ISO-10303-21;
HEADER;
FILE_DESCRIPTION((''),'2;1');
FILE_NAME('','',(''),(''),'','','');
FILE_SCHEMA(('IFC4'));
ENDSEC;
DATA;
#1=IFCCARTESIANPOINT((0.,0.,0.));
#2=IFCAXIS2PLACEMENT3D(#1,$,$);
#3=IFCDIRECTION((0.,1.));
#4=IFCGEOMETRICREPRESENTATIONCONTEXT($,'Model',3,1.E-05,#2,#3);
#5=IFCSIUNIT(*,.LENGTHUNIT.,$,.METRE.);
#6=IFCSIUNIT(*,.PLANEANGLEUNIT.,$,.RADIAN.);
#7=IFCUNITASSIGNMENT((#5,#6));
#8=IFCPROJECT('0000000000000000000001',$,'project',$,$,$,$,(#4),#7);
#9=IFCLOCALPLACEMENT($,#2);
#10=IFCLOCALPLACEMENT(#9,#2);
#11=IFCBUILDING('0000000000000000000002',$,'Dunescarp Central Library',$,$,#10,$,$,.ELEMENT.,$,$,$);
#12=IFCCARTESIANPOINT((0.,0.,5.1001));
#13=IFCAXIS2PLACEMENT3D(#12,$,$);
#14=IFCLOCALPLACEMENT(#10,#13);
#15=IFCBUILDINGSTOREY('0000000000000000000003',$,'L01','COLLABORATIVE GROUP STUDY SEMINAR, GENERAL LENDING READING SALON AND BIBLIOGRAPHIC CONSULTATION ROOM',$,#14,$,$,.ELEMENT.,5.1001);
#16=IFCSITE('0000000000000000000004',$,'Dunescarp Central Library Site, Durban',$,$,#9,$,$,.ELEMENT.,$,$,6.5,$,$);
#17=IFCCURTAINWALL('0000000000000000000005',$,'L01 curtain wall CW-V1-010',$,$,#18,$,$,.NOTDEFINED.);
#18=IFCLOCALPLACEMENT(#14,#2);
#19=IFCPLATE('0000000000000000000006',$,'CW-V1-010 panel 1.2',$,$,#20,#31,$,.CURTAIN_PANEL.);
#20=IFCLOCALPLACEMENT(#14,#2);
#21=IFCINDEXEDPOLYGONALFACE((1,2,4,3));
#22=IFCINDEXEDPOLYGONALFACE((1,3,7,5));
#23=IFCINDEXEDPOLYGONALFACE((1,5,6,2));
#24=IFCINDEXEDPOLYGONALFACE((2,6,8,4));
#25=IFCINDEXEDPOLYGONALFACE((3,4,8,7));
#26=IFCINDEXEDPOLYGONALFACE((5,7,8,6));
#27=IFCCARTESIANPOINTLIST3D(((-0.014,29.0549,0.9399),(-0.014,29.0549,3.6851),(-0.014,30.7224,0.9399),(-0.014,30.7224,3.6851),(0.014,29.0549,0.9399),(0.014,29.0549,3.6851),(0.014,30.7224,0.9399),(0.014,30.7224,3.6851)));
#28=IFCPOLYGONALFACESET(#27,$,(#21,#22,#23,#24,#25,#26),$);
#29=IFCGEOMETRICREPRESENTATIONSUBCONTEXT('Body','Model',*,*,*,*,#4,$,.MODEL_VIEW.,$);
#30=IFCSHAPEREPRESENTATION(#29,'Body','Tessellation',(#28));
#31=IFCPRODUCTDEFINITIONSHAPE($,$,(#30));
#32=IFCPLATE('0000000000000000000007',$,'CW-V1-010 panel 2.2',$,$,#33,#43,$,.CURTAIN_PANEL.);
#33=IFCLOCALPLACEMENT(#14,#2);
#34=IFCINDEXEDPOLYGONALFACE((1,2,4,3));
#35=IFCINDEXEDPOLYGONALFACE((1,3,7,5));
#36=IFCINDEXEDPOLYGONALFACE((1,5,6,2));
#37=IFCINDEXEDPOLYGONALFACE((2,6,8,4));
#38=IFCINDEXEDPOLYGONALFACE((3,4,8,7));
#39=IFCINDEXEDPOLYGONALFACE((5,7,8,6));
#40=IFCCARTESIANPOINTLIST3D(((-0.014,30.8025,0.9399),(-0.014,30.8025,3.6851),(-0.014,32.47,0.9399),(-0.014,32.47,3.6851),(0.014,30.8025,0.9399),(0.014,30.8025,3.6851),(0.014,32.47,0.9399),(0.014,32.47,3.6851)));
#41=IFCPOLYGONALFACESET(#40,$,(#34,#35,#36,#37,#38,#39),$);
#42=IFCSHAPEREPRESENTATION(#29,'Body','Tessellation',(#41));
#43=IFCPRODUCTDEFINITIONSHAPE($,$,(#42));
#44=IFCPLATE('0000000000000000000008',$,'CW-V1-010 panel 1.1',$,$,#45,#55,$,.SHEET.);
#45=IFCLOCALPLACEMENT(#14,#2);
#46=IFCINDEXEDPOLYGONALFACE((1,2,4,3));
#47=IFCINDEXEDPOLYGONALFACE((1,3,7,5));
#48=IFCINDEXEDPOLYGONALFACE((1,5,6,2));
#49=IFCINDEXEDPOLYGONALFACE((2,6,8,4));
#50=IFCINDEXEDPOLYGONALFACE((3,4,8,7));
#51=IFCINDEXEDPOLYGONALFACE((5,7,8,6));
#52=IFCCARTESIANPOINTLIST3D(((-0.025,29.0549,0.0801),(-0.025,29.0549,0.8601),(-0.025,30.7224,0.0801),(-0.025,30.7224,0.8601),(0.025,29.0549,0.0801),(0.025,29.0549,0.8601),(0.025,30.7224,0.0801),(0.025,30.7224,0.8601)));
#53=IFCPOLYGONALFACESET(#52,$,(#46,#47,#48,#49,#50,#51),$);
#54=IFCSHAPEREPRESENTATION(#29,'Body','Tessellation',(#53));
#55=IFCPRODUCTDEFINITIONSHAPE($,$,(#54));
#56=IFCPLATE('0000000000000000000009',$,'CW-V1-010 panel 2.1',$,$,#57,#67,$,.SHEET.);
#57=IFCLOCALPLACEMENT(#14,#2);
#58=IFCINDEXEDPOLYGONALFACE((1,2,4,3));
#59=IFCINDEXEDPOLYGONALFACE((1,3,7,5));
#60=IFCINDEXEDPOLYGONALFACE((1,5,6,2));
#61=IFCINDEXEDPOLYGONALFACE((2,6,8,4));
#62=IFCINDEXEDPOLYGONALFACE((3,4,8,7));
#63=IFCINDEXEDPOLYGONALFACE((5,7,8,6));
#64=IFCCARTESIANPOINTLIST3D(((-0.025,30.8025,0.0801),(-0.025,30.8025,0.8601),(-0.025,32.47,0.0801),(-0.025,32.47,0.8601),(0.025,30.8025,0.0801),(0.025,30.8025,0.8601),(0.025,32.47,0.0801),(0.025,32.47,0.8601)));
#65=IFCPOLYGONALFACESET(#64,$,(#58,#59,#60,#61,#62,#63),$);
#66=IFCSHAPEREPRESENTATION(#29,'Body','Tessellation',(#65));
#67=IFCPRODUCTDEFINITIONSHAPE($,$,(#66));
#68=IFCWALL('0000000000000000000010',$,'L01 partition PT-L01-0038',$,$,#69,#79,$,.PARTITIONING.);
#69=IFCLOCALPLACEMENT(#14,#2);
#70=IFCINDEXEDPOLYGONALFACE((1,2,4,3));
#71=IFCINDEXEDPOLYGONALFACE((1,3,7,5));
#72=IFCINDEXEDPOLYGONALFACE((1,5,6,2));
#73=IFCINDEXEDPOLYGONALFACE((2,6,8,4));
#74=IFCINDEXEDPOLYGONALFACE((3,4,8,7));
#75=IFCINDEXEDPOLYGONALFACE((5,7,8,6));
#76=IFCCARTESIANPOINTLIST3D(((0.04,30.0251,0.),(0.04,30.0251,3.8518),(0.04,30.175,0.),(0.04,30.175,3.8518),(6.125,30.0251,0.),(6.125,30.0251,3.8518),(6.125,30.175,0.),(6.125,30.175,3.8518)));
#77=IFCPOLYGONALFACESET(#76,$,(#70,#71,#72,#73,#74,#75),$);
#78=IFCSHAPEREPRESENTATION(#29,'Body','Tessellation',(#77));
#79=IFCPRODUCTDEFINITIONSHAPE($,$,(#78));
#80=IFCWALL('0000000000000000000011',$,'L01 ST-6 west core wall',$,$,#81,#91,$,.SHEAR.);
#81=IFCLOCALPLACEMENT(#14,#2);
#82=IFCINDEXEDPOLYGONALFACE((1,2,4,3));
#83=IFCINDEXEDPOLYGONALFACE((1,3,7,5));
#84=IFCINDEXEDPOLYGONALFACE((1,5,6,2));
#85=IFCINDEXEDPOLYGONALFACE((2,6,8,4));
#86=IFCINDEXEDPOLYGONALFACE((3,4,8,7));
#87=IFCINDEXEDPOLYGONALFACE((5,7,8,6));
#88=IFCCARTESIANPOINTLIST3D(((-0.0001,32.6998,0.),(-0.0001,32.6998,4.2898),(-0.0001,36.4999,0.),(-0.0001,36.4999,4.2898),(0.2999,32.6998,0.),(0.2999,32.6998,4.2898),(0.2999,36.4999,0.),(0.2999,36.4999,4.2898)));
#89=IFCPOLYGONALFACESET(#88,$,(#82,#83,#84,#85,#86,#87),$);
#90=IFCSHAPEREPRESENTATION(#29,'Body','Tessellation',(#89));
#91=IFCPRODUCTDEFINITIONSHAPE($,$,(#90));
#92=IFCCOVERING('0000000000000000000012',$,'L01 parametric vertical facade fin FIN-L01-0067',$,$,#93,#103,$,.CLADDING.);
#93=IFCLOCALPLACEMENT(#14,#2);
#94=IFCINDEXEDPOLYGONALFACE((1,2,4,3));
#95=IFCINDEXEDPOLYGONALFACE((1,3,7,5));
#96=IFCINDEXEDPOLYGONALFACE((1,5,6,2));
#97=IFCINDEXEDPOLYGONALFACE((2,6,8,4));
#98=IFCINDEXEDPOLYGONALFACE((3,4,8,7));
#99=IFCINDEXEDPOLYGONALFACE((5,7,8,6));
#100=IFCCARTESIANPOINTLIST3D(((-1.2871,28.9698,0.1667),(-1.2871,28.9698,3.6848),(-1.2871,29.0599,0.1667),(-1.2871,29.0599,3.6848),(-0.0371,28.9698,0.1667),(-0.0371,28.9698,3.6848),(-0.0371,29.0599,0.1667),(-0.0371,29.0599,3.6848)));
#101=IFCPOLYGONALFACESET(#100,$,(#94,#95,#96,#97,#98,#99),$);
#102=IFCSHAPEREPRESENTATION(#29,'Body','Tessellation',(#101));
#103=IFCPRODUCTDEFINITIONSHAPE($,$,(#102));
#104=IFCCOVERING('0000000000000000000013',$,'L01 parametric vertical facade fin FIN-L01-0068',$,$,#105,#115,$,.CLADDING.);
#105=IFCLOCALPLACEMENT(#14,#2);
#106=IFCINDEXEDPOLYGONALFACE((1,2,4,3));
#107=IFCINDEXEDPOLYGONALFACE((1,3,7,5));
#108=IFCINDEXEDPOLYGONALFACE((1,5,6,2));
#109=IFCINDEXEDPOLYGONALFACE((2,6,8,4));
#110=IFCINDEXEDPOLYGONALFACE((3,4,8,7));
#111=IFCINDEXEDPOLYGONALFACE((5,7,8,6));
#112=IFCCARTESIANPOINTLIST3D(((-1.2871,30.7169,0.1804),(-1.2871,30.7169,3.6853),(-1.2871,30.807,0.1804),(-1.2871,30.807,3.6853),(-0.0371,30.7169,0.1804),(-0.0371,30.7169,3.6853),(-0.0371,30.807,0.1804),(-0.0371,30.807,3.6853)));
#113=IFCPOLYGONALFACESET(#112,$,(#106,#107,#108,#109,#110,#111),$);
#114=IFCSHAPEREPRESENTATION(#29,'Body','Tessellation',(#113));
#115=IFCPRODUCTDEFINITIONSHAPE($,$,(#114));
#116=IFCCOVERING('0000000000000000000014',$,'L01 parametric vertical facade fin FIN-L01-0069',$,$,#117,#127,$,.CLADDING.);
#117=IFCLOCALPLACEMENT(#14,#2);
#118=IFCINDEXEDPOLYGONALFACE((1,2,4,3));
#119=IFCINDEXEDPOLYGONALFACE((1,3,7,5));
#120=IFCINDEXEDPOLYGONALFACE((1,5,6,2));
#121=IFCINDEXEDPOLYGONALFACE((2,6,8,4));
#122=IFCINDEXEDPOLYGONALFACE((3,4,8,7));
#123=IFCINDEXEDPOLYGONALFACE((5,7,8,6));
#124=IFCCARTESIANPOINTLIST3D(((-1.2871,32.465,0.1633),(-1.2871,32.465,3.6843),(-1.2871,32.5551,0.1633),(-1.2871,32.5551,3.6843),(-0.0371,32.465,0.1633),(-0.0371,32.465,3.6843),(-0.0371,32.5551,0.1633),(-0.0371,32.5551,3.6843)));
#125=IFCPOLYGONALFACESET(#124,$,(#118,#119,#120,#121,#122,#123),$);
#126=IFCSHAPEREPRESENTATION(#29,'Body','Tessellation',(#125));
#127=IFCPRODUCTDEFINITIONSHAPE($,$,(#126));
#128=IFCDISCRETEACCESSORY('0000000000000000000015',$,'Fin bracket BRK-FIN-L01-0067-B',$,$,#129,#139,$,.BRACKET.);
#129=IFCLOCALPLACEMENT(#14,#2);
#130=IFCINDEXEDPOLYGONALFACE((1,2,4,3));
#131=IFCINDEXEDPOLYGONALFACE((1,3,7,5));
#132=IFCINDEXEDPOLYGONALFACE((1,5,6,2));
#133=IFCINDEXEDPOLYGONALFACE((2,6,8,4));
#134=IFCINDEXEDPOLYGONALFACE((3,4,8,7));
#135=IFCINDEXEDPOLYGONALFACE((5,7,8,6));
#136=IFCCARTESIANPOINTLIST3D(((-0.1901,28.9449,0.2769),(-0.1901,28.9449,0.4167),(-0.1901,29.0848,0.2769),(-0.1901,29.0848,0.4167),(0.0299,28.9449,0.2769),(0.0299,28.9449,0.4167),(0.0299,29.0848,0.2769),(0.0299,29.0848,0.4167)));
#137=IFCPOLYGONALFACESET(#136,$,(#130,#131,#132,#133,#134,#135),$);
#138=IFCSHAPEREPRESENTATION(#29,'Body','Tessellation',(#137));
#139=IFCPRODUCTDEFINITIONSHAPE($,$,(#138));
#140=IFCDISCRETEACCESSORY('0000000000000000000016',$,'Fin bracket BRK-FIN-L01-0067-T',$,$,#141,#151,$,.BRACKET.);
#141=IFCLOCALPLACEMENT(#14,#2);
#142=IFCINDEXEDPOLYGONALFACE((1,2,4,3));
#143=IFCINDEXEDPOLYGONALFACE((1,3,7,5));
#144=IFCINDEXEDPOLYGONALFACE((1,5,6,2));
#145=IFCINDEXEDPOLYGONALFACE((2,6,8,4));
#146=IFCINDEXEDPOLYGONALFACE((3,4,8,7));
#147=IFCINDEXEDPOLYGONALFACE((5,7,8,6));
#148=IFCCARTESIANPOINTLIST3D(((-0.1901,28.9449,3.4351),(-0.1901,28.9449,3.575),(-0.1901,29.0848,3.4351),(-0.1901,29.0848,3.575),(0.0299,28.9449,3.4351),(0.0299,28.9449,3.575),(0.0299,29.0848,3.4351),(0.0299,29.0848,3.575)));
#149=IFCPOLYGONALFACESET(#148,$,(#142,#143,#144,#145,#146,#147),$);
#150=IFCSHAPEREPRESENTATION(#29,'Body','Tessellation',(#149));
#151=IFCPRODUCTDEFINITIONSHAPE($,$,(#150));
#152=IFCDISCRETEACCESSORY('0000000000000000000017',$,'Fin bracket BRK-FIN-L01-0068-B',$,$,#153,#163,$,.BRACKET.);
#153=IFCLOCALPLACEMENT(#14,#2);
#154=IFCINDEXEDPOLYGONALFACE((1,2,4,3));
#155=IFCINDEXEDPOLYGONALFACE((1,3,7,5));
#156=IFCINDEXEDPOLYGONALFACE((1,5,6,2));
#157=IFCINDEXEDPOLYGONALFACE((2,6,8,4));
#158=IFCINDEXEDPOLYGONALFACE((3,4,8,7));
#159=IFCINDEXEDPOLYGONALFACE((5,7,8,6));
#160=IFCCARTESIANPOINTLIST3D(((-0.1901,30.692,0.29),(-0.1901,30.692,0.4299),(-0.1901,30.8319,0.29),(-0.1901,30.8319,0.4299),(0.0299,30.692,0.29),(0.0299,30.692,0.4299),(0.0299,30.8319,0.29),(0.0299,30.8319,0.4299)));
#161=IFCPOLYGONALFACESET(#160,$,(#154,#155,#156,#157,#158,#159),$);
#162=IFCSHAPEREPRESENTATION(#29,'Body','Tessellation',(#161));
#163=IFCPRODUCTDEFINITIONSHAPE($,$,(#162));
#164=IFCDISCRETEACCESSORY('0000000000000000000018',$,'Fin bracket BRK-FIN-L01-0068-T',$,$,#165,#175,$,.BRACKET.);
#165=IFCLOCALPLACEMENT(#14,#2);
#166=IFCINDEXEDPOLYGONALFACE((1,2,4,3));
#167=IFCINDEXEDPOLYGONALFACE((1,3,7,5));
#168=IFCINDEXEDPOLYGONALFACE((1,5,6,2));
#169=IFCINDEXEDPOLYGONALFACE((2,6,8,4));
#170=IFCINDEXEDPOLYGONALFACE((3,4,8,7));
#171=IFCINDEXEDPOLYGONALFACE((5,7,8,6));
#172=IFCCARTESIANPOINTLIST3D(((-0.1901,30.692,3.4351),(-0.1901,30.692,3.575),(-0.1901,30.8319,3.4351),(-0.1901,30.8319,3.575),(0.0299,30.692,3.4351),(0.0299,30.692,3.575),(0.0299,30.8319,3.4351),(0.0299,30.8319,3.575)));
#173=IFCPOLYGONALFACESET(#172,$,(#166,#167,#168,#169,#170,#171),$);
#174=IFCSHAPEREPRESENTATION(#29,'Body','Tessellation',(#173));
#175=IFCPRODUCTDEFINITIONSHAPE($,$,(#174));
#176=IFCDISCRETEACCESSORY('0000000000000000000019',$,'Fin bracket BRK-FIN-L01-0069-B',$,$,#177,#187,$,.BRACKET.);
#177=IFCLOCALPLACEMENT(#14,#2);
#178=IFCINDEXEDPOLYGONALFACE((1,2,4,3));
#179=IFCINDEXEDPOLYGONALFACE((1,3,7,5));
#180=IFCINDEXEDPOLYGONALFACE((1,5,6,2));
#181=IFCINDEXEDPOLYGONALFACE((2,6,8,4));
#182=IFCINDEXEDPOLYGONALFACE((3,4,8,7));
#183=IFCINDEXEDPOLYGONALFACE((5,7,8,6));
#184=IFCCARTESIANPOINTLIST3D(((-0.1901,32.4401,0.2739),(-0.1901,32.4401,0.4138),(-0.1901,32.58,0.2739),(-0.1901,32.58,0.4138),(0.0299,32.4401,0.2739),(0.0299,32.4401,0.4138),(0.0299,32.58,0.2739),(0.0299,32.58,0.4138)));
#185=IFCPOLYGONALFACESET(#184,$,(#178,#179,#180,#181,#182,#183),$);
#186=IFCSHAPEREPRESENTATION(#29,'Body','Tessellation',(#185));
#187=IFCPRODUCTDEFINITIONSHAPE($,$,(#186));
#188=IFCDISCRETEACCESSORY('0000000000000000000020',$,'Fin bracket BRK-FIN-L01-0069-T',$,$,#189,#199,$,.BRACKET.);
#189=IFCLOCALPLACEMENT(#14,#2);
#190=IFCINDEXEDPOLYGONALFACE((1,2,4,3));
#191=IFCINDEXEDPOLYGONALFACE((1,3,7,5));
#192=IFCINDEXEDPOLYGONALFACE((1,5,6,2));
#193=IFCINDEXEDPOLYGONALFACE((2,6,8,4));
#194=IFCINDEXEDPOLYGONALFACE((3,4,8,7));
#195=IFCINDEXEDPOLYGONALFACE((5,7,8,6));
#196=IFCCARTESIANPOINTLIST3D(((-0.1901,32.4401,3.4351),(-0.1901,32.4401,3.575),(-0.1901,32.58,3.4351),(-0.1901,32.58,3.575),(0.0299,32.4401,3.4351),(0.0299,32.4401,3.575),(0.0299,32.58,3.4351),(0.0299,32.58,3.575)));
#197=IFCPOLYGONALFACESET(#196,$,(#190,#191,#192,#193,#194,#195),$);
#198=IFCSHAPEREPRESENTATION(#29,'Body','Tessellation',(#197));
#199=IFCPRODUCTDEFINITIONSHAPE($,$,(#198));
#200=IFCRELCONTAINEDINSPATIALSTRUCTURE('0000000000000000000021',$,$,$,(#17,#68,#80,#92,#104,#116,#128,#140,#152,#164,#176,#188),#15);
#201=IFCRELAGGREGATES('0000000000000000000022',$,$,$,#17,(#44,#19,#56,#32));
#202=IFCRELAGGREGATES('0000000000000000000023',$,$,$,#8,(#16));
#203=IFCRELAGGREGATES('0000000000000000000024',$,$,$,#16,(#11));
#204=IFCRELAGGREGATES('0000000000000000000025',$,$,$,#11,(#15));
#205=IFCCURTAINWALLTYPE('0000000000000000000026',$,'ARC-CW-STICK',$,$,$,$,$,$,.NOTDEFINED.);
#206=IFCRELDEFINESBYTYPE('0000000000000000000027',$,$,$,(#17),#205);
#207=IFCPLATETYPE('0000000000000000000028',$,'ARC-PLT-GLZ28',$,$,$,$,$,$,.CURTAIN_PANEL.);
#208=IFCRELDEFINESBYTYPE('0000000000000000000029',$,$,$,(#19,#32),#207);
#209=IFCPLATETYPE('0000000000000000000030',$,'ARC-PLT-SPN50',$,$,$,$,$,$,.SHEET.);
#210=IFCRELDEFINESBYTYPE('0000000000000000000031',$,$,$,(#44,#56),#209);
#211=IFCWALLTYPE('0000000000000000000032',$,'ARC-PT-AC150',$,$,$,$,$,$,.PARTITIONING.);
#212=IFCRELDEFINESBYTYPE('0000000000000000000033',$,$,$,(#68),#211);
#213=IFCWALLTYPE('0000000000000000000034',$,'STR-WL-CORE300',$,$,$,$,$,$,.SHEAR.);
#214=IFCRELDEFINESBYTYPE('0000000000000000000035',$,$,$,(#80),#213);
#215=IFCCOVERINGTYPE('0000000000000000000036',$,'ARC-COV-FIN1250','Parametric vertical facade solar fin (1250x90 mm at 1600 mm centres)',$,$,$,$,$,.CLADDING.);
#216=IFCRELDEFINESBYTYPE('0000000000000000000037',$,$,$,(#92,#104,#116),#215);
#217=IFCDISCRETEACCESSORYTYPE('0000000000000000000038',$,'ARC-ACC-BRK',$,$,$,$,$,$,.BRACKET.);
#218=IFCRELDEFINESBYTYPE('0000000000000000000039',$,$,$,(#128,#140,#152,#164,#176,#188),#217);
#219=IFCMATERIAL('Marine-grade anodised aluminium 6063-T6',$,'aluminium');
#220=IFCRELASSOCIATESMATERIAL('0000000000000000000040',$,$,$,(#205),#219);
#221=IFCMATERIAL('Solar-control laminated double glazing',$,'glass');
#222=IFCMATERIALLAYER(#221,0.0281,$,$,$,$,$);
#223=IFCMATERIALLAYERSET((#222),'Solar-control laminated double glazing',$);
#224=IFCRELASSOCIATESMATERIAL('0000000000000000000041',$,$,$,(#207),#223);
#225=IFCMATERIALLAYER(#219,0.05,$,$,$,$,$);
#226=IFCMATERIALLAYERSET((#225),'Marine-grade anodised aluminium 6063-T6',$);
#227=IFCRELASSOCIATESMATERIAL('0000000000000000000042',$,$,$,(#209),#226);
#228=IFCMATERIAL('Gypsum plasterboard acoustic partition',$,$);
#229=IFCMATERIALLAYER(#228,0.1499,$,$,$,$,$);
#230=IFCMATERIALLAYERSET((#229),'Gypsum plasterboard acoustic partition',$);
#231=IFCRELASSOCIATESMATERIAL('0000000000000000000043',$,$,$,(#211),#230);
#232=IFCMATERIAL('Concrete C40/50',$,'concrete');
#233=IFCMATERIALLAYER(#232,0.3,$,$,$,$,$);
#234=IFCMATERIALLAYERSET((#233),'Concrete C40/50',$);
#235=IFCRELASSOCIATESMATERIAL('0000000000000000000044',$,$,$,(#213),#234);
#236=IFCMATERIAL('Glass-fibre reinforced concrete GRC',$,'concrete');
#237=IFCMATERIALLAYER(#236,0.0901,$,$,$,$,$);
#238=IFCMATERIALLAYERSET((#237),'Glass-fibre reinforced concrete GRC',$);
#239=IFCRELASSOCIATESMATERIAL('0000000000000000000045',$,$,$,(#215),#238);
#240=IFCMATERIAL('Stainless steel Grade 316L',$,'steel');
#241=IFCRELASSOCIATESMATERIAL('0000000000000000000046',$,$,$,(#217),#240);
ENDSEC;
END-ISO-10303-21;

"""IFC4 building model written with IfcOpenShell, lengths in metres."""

from ifc_helpers import new_model, si_unit, direction, frame, frame_2d, origin, origin_2d, place, context, subcontext, project, spatial, rectangle, extrude, material, layer, layer_set, type_object, element, aggregate, save


model = new_model("IFC4")

# Units and contexts
model_context = context("Model", 3, precision=1e-05, world=origin(), true_north=direction((0.0, 1.0)))
body_context = subcontext(model_context, "Body", "Model", "MODEL_VIEW")
ifc_project = project(units=[si_unit("LENGTHUNIT", "METRE"), si_unit("PLANEANGLEUNIT", "RADIAN")], contexts=[model_context])

# Site, building, storey
site_placement = place(None, origin())
site = spatial("IfcSite", under=ifc_project, at=site_placement, Name="Dunescarp Central Library Site, Durban", CompositionType="ELEMENT", RefElevation=6.5)
building_placement = place(site_placement, origin())
building = spatial("IfcBuilding", under=site, at=building_placement, Name="Dunescarp Central Library", CompositionType="ELEMENT")
storey_placement = place(building_placement, frame((0.0, 0.0, 5.1001)))
storey = spatial("IfcBuildingStorey", under=building, at=storey_placement, Name="L01", Description="COLLABORATIVE GROUP STUDY SEMINAR, GENERAL LENDING READING SALON AND BIBLIOGRAPHIC CONSULTATION ROOM", CompositionType="ELEMENT", Elevation=5.1001)

# Curtain wall
ifc_material_1 = material(Name="Marine-grade anodised aluminium 6063-T6", Category="aluminium")
curtain_wall_type = type_object("IfcCurtainWallType", Name="ARC-CW-STICK", PredefinedType="NOTDEFINED", material=ifc_material_1)
curtain_wall_placement = place(storey_placement, origin())
curtain_wall = element("IfcCurtainWall", 1, at=curtain_wall_placement, inside=storey, type_object=curtain_wall_type, Name="L01 curtain wall CW-V1-010", PredefinedType="NOTDEFINED")

# Plates
ifc_material_2 = material(Name="Solar-control laminated double glazing", Category="glass")
ifc_layer_1 = layer(ifc_material_2, 0.0281)
ifc_layer_set_1 = layer_set([ifc_layer_1], Name="Solar-control laminated double glazing")
plate_type_1 = type_object("IfcPlateType", Name="ARC-PLT-GLZ28", PredefinedType="CURTAIN_PANEL", material=ifc_layer_set_1)
plate_1_placement = place(storey_placement, frame((0.0, 29.8887, 0.9399), z_axis=(0.0, 0.0, 1.0), x_axis=(0.0, 1.0, 0.0)))
plate_1 = element("IfcPlate", 2, at=plate_1_placement, type_object=plate_type_1, Name="CW-V1-010 panel 1.2", PredefinedType="CURTAIN_PANEL", context=body_context, shape_type="SweptSolid", body=[
    extrude(rectangle(XDim=1.6675, YDim=0.0281, at=origin_2d()), origin(), (0.0, 0.0, 1.0), 2.7451),
])
plate_2_placement = place(storey_placement, frame((0.0, 31.6362, 0.9399), z_axis=(0.0, 0.0, 1.0), x_axis=(0.0, 1.0, 0.0)))
plate_2 = element("IfcPlate", 3, at=plate_2_placement, type_object=plate_type_1, Name="CW-V1-010 panel 2.2", PredefinedType="CURTAIN_PANEL", context=body_context, shape_type="SweptSolid", body=[
    extrude(rectangle(XDim=1.6675, YDim=0.0281, at=origin_2d()), origin(), (0.0, 0.0, 1.0), 2.7451),
])
ifc_layer_2 = layer(ifc_material_1, 0.05)
ifc_layer_set_2 = layer_set([ifc_layer_2], Name="Marine-grade anodised aluminium 6063-T6")
plate_type_2 = type_object("IfcPlateType", Name="ARC-PLT-SPN50", PredefinedType="SHEET", material=ifc_layer_set_2)
plate_3_placement = place(storey_placement, frame((0.0, 29.8887, 0.0801), z_axis=(0.0, 0.0, 1.0), x_axis=(0.0, 1.0, 0.0)))
plate_3 = element("IfcPlate", 4, at=plate_3_placement, type_object=plate_type_2, Name="CW-V1-010 panel 1.1", PredefinedType="SHEET", context=body_context, shape_type="SweptSolid", body=[
    extrude(rectangle(XDim=1.6675, YDim=0.05, at=origin_2d()), origin(), (0.0, 0.0, 1.0), 0.78),
])
plate_4_placement = place(storey_placement, frame((0.0, 31.6362, 0.0801), z_axis=(0.0, 0.0, 1.0), x_axis=(0.0, 1.0, 0.0)))
plate_4 = element("IfcPlate", 5, at=plate_4_placement, type_object=plate_type_2, Name="CW-V1-010 panel 2.1", PredefinedType="SHEET", context=body_context, shape_type="SweptSolid", body=[
    extrude(rectangle(XDim=1.6675, YDim=0.05, at=origin_2d()), origin(), (0.0, 0.0, 1.0), 0.78),
])
aggregate(curtain_wall, [plate_3, plate_1, plate_4, plate_2])

# Walls
ifc_material_3 = material(Name="Gypsum plasterboard acoustic partition")
ifc_layer_3 = layer(ifc_material_3, 0.1499)
ifc_layer_set_3 = layer_set([ifc_layer_3], Name="Gypsum plasterboard acoustic partition")
wall_type_1 = type_object("IfcWallType", Name="ARC-PT-AC150", PredefinedType="PARTITIONING", material=ifc_layer_set_3)
wall_1_placement = place(storey_placement, frame((0.04, 30.1001, 0.0), z_axis=(0.0, 0.0, 1.0), x_axis=(1.0, 0.0, 0.0)))
element("IfcWall", 6, at=wall_1_placement, inside=storey, type_object=wall_type_1, Name="L01 partition PT-L01-0038", PredefinedType="PARTITIONING", context=body_context, shape_type="SweptSolid", body=[
    extrude(rectangle(XDim=6.085, YDim=0.1499, at=frame_2d((3.0425, 0.0))), origin(), (0.0, 0.0, 1.0), 3.8518),
])
ifc_material_4 = material(Name="Concrete C40/50", Category="concrete")
ifc_layer_4 = layer(ifc_material_4, 0.3)
ifc_layer_set_4 = layer_set([ifc_layer_4], Name="Concrete C40/50")
wall_type_2 = type_object("IfcWallType", Name="STR-WL-CORE300", PredefinedType="SHEAR", material=ifc_layer_set_4)
wall_2_placement = place(storey_placement, frame((0.1499, 32.7, 0.0), z_axis=(0.0, 0.0, 1.0), x_axis=(0.0, 1.0, 0.0)))
element("IfcWall", 7, at=wall_2_placement, inside=storey, type_object=wall_type_2, Name="L01 ST-6 west core wall", PredefinedType="SHEAR", context=body_context, shape_type="SweptSolid", body=[
    extrude(rectangle(XDim=3.8, YDim=0.3, at=frame_2d((1.8999, 0.0))), origin(), (0.0, 0.0, 1.0), 4.2898),
])

# Coverings
ifc_material_5 = material(Name="Glass-fibre reinforced concrete GRC", Category="concrete")
ifc_layer_5 = layer(ifc_material_5, 0.0901)
ifc_layer_set_5 = layer_set([ifc_layer_5], Name="Glass-fibre reinforced concrete GRC")
covering_type = type_object("IfcCoveringType", Name="ARC-COV-FIN1250", Description="Parametric vertical facade solar fin (1250x90 mm at 1600 mm centres)", PredefinedType="CLADDING", material=ifc_layer_set_5)
covering_1_placement = place(storey_placement, frame((-0.6621, 29.0149, 0.1667), z_axis=(0.0, 0.0, 1.0), x_axis=(-1.0, 0.0, 0.0)))
element("IfcCovering", 8, at=covering_1_placement, inside=storey, type_object=covering_type, Name="L01 parametric vertical facade fin FIN-L01-0067", PredefinedType="CLADDING", context=body_context, shape_type="SweptSolid", body=[
    extrude(rectangle(XDim=1.25, YDim=0.0901, at=origin_2d()), origin(), (0.0, 0.0, 1.0), 3.5181),
])
covering_2_placement = place(storey_placement, frame((-0.6621, 30.762, 0.1804), z_axis=(0.0, 0.0, 1.0), x_axis=(-1.0, 0.0, 0.0)))
element("IfcCovering", 9, at=covering_2_placement, inside=storey, type_object=covering_type, Name="L01 parametric vertical facade fin FIN-L01-0068", PredefinedType="CLADDING", context=body_context, shape_type="SweptSolid", body=[
    extrude(rectangle(XDim=1.25, YDim=0.0901, at=origin_2d()), origin(), (0.0, 0.0, 1.0), 3.5049),
])
covering_3_placement = place(storey_placement, frame((-0.6621, 32.51, 0.1633), z_axis=(0.0, 0.0, 1.0), x_axis=(-1.0, 0.0, 0.0)))
element("IfcCovering", 10, at=covering_3_placement, inside=storey, type_object=covering_type, Name="L01 parametric vertical facade fin FIN-L01-0069", PredefinedType="CLADDING", context=body_context, shape_type="SweptSolid", body=[
    extrude(rectangle(XDim=1.25, YDim=0.0901, at=origin_2d()), origin(), (0.0, 0.0, 1.0), 3.521),
])

# Discrete accessories
ifc_material_6 = material(Name="Stainless steel Grade 316L", Category="steel")
discrete_accessory_type = type_object("IfcDiscreteAccessoryType", Name="ARC-ACC-BRK", PredefinedType="BRACKET", material=ifc_material_6)
for number, where, z_axis, x_axis, name in (
    (11, (-0.0801, 29.0149, 0.2769), (0.0, 0.0, 1.0), (-1.0, 0.0, 0.0), "Fin bracket BRK-FIN-L01-0067-B"),
    (12, (-0.0801, 29.0149, 3.4351), (0.0, 0.0, 1.0), (-1.0, 0.0, 0.0), "Fin bracket BRK-FIN-L01-0067-T"),
    (13, (-0.0801, 30.762, 0.29), (0.0, 0.0, 1.0), (-1.0, 0.0, 0.0), "Fin bracket BRK-FIN-L01-0068-B"),
    (14, (-0.0801, 30.762, 3.4351), (0.0, 0.0, 1.0), (-1.0, 0.0, 0.0), "Fin bracket BRK-FIN-L01-0068-T"),
    (15, (-0.0801, 32.51, 0.2739), (0.0, 0.0, 1.0), (-1.0, 0.0, 0.0), "Fin bracket BRK-FIN-L01-0069-B"),
    (16, (-0.0801, 32.51, 3.4351), (0.0, 0.0, 1.0), (-1.0, 0.0, 0.0), "Fin bracket BRK-FIN-L01-0069-T"),
):
    element("IfcDiscreteAccessory", number, at=place(storey_placement, frame(where, z_axis=z_axis, x_axis=x_axis)), inside=storey, type_object=discrete_accessory_type, Name=name, PredefinedType="BRACKET", context=body_context, shape_type="SweptSolid", body=[
        extrude(rectangle(XDim=0.22, YDim=0.1399, at=origin_2d()), origin(), (0.0, 0.0, 1.0), 0.1399),
    ])

save(model, "model.ifc")
